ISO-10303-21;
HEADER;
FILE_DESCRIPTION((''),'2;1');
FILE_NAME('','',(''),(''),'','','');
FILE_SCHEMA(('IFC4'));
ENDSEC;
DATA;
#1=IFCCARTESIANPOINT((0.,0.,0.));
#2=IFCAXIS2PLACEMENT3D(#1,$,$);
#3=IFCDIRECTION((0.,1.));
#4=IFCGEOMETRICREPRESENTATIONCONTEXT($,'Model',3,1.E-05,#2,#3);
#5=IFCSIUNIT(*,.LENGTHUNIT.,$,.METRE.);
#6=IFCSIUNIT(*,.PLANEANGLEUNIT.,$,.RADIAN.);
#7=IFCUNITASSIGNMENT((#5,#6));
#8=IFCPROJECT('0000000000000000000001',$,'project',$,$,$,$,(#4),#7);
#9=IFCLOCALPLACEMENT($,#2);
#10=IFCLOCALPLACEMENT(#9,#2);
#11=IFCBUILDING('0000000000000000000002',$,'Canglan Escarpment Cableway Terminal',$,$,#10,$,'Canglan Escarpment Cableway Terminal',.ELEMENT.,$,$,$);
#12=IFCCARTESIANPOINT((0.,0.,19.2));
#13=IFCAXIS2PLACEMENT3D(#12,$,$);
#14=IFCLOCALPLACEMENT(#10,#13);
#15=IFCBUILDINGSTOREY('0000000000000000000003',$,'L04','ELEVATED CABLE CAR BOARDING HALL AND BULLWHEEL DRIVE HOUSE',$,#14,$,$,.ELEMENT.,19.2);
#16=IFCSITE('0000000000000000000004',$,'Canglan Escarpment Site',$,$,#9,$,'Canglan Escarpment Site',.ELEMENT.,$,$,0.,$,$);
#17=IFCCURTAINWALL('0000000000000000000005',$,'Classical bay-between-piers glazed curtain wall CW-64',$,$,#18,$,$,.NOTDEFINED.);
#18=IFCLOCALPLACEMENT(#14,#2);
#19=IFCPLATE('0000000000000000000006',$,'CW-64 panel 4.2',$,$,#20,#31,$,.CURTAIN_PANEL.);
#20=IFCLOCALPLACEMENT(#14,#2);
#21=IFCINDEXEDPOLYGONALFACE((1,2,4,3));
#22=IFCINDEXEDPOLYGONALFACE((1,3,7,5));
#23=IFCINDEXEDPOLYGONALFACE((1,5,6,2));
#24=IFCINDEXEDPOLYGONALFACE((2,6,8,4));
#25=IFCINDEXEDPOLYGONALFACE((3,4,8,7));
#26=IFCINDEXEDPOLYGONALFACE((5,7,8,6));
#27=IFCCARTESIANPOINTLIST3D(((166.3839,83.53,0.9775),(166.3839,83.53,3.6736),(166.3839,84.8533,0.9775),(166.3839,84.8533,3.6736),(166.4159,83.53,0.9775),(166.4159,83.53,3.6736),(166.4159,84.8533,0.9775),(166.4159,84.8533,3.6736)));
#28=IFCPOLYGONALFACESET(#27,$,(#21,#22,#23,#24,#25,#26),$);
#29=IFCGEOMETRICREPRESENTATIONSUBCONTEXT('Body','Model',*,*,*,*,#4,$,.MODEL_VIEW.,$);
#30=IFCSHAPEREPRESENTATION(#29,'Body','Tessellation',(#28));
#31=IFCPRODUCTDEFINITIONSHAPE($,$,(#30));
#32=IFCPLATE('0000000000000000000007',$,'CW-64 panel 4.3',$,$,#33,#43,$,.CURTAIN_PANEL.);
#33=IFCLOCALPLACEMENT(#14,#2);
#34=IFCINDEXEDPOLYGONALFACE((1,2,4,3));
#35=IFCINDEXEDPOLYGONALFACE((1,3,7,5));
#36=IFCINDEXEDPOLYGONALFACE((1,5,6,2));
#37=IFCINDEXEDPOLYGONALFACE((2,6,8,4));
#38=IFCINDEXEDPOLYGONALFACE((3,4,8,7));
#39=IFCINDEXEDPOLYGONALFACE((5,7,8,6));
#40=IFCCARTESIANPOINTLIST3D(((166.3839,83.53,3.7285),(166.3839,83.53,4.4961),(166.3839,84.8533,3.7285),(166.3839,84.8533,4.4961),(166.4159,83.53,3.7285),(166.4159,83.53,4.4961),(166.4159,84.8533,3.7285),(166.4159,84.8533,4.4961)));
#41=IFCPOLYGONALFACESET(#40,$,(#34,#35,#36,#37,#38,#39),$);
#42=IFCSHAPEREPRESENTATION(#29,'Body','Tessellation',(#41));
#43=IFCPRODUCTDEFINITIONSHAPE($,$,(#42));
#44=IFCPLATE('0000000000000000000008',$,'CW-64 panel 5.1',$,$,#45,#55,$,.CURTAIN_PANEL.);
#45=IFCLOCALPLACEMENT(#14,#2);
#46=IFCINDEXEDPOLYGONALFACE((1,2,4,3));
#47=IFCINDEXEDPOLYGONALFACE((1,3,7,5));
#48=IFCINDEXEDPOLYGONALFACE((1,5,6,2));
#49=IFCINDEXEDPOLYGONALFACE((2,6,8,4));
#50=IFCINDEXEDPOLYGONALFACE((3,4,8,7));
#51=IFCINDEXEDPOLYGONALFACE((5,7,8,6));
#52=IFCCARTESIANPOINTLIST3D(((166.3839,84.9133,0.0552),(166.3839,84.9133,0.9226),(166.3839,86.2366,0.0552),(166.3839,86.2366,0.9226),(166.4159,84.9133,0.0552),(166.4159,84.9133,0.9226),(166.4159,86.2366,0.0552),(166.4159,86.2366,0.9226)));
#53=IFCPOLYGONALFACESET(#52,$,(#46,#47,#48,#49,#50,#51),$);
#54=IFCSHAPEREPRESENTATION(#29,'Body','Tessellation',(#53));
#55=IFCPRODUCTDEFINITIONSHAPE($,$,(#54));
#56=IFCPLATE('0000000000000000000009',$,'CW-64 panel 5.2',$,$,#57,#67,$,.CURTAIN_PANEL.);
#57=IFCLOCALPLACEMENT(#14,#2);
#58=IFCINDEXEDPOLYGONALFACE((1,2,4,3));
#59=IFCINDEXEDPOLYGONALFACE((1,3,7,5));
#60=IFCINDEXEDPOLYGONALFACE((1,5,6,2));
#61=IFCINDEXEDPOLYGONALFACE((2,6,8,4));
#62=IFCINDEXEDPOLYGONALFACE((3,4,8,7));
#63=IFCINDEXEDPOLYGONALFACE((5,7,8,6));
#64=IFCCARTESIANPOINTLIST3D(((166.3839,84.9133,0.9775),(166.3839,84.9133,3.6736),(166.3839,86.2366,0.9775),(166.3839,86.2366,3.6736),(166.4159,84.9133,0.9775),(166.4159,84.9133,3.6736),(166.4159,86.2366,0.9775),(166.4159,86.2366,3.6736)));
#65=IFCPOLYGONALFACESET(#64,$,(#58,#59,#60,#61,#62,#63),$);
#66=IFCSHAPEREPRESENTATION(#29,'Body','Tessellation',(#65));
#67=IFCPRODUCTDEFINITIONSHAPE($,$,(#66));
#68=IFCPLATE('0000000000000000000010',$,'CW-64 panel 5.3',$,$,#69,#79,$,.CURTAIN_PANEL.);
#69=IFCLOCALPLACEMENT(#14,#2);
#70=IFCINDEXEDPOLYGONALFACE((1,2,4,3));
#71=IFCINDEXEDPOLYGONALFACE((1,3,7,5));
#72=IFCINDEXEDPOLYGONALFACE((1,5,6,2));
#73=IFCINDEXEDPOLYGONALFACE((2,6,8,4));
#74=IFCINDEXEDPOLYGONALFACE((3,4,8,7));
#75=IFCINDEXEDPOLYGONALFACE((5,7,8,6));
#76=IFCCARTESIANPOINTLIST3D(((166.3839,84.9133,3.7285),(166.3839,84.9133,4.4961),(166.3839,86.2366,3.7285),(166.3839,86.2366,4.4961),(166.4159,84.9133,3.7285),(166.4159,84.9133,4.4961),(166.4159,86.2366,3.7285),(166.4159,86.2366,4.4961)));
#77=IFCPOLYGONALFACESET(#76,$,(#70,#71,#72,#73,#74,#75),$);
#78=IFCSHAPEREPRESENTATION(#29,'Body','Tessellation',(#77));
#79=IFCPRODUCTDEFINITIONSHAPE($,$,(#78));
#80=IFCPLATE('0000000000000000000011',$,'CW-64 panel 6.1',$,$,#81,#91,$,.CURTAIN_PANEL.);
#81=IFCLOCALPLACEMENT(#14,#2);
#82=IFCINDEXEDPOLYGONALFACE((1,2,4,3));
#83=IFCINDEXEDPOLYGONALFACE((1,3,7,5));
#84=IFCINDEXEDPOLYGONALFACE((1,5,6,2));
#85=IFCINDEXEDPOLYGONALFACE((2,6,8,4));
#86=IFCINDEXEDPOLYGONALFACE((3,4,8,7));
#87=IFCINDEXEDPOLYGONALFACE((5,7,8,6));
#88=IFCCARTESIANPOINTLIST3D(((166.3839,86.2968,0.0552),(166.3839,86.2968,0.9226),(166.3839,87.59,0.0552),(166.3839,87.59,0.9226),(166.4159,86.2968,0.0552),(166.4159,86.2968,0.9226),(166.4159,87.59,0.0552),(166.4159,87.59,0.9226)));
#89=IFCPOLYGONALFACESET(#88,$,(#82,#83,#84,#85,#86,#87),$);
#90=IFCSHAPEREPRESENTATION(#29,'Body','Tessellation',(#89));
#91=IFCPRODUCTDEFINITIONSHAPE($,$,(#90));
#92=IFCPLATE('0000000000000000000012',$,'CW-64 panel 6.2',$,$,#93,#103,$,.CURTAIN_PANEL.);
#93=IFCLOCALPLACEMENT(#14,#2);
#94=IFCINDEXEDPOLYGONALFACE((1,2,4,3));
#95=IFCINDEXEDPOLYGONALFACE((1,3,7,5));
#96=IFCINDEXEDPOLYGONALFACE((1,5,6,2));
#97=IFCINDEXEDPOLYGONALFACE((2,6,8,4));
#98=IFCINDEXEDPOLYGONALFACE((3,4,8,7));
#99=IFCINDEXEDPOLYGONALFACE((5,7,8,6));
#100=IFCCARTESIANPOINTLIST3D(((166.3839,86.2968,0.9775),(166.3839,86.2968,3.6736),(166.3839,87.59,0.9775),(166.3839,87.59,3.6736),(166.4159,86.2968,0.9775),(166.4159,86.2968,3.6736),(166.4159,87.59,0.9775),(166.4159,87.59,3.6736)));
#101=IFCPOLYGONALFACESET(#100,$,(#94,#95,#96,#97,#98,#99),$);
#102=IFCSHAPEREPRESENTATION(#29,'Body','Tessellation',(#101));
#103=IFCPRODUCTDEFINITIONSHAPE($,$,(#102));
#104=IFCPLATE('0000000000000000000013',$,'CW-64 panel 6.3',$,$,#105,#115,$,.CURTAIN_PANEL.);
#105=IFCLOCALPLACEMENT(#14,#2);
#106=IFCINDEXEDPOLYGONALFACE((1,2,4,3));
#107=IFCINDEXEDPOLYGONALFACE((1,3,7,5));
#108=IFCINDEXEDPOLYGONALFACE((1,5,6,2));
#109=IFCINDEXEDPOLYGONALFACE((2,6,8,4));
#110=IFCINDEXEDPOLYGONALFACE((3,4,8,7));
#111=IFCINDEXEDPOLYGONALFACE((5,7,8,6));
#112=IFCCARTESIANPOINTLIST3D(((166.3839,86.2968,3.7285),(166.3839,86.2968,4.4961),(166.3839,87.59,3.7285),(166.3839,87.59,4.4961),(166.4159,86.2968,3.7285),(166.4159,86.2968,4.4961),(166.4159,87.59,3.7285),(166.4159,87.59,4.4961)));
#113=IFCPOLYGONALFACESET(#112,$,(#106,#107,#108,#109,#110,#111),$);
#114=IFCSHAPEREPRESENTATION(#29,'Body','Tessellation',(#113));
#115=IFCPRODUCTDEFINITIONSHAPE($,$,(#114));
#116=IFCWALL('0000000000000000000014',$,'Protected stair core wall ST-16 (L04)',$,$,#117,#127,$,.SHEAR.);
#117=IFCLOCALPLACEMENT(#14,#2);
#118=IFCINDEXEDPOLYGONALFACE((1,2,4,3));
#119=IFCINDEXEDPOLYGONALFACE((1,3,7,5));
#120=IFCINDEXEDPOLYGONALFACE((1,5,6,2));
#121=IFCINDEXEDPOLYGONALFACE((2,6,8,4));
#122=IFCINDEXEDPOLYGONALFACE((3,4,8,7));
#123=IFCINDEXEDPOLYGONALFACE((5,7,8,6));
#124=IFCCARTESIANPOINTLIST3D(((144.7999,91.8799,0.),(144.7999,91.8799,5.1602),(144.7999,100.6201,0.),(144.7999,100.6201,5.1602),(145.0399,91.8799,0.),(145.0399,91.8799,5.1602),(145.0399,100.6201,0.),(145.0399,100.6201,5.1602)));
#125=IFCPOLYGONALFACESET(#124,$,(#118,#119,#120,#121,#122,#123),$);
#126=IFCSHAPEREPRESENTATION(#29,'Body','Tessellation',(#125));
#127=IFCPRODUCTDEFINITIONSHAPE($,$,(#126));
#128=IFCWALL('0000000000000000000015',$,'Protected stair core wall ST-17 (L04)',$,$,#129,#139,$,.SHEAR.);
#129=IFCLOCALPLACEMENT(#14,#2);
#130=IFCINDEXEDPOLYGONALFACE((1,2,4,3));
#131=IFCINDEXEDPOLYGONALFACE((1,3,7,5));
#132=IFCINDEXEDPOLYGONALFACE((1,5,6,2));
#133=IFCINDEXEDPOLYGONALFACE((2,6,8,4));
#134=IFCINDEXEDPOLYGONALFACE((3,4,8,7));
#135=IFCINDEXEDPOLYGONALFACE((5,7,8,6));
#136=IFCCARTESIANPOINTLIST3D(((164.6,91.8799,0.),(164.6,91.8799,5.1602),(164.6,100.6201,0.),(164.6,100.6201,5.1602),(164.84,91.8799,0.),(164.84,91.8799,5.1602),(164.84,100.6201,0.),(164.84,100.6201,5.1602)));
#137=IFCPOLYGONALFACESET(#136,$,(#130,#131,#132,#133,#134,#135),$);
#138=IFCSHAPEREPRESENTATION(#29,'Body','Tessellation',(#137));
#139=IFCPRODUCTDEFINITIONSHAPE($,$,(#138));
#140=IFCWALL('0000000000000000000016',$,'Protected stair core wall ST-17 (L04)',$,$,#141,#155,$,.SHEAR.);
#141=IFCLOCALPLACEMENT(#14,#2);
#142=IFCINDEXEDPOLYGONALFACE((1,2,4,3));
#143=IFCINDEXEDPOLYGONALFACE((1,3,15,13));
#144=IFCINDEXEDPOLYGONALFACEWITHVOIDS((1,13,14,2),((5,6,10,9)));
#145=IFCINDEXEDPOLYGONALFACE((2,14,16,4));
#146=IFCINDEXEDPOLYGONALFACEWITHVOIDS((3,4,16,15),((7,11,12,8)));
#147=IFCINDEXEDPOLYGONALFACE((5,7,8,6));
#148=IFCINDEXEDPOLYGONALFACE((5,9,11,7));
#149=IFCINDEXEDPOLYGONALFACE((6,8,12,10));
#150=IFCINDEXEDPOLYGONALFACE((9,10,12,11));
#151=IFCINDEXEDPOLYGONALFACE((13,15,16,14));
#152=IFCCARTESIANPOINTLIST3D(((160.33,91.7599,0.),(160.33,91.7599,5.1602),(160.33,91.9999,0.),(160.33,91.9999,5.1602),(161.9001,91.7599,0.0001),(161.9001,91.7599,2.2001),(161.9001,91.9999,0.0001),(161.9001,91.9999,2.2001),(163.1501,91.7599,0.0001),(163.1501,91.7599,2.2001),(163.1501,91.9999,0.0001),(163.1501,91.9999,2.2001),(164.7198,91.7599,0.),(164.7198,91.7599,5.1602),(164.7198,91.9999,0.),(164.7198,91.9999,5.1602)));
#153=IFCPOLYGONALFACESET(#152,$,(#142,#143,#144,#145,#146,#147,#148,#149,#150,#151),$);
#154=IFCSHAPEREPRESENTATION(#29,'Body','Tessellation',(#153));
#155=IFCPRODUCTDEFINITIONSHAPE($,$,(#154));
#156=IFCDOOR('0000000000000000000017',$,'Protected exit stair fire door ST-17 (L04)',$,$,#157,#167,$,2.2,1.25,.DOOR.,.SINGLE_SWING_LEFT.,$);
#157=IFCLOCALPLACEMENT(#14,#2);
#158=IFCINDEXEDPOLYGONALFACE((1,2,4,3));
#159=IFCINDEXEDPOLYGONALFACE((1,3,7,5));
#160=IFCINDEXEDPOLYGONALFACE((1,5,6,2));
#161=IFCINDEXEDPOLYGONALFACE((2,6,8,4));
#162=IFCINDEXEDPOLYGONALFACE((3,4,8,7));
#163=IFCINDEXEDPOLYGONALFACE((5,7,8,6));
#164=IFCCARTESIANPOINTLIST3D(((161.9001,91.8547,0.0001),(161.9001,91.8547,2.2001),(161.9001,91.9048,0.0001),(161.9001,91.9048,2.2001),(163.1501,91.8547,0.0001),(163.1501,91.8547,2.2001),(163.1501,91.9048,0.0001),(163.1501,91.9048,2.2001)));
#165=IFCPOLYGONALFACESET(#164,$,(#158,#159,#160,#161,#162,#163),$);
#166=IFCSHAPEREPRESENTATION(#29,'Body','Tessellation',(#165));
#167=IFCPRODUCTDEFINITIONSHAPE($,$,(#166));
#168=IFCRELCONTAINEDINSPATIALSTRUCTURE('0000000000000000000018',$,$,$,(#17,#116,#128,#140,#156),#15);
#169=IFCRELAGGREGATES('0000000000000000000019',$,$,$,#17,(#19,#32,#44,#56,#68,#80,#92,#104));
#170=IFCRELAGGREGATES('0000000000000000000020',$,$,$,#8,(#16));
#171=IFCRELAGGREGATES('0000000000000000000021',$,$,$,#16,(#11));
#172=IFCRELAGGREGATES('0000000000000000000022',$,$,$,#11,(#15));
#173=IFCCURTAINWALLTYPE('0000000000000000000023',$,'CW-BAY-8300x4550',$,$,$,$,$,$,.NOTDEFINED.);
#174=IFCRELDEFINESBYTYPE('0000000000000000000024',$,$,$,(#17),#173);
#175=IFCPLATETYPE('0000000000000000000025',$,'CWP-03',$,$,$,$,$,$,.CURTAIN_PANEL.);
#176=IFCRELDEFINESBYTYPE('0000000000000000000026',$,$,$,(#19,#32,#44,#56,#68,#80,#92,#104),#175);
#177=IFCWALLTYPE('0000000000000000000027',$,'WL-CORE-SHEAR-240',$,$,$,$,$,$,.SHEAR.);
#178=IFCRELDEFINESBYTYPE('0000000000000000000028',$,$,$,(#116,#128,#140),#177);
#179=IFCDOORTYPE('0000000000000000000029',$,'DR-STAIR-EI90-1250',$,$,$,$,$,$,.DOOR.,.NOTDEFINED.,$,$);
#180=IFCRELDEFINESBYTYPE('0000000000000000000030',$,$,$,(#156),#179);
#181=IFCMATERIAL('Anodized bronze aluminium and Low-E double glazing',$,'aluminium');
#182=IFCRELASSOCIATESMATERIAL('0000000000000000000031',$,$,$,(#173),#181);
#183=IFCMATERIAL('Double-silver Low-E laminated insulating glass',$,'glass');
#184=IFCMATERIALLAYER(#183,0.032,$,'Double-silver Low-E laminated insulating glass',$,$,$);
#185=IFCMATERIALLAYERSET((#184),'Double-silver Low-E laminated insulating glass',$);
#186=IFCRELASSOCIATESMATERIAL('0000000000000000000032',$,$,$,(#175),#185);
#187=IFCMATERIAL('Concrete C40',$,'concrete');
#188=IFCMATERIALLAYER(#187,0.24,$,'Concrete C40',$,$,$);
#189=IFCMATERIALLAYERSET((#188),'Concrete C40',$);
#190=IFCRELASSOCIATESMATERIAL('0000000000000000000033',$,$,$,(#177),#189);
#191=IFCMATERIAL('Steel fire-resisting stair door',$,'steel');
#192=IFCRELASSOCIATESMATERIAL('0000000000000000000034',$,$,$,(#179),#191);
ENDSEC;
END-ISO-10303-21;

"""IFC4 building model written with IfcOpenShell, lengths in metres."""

from ifc_helpers import new_model, si_unit, direction, frame, frame_2d, origin, origin_2d, place, context, subcontext, project, spatial, rectangle, extrude, material, layer, layer_set, type_object, element, fill, aggregate, save


model = new_model("IFC4")

# Units and contexts
model_context = context("Model", 3, precision=1e-05, world=origin(), true_north=direction((0.0, 1.0)))
body_context = subcontext(model_context, "Body", "Model", "MODEL_VIEW")
ifc_project = project(units=[si_unit("LENGTHUNIT", "METRE"), si_unit("PLANEANGLEUNIT", "RADIAN")], contexts=[model_context])

# Site, building, storey
site_placement = place(None, origin())
site = spatial("IfcSite", under=ifc_project, at=site_placement, Name="Canglan Escarpment Site", LongName="Canglan Escarpment Site", CompositionType="ELEMENT", RefElevation=0.0)
building_placement = place(site_placement, origin())
building = spatial("IfcBuilding", under=site, at=building_placement, Name="Canglan Escarpment Cableway Terminal", LongName="Canglan Escarpment Cableway Terminal", CompositionType="ELEMENT")
storey_placement = place(building_placement, frame((0.0, 0.0, 19.2)))
storey = spatial("IfcBuildingStorey", under=building, at=storey_placement, Name="L04", Description="ELEVATED CABLE CAR BOARDING HALL AND BULLWHEEL DRIVE HOUSE", CompositionType="ELEMENT", Elevation=19.2)

# Curtain wall, plates
ifc_material_1 = material(Name="Anodized bronze aluminium and Low-E double glazing", Category="aluminium")
curtain_wall_type = type_object("IfcCurtainWallType", Name="CW-BAY-8300x4550", PredefinedType="NOTDEFINED", material=ifc_material_1)
curtain_wall_placement = place(storey_placement, origin())
curtain_wall = element("IfcCurtainWall", 1, at=curtain_wall_placement, inside=storey, type_object=curtain_wall_type, Name="Classical bay-between-piers glazed curtain wall CW-64", PredefinedType="NOTDEFINED")
ifc_material_2 = material(Name="Double-silver Low-E laminated insulating glass", Category="glass")
ifc_layer_1 = layer(ifc_material_2, 0.032, Name="Double-silver Low-E laminated insulating glass")
ifc_layer_set_1 = layer_set([ifc_layer_1], Name="Double-silver Low-E laminated insulating glass")
plate_type = type_object("IfcPlateType", Name="CWP-03", PredefinedType="CURTAIN_PANEL", material=ifc_layer_set_1)
plate_1_placement = place(storey_placement, frame((166.3999, 84.1917, 0.9775), z_axis=(0.0, 0.0, 1.0), x_axis=(0.0, 1.0, 0.0)))
plate_1 = element("IfcPlate", 2, at=plate_1_placement, type_object=plate_type, Name="CW-64 panel 4.2", PredefinedType="CURTAIN_PANEL", context=body_context, shape_type="SweptSolid", body=[
    extrude(rectangle(XDim=1.3232, YDim=0.032, at=origin_2d()), origin(), (0.0, 0.0, 1.0), 2.696),
])
plate_2_placement = place(storey_placement, frame((166.3999, 84.1917, 3.7285), z_axis=(0.0, 0.0, 1.0), x_axis=(0.0, 1.0, 0.0)))
plate_2 = element("IfcPlate", 3, at=plate_2_placement, type_object=plate_type, Name="CW-64 panel 4.3", PredefinedType="CURTAIN_PANEL", context=body_context, shape_type="SweptSolid", body=[
    extrude(rectangle(XDim=1.3232, YDim=0.032, at=origin_2d()), origin(), (0.0, 0.0, 1.0), 0.7676),
])
plate_3_placement = place(storey_placement, frame((166.3999, 85.575, 0.0552), z_axis=(0.0, 0.0, 1.0), x_axis=(0.0, 1.0, 0.0)))
plate_3 = element("IfcPlate", 4, at=plate_3_placement, type_object=plate_type, Name="CW-64 panel 5.1", PredefinedType="CURTAIN_PANEL", context=body_context, shape_type="SweptSolid", body=[
    extrude(rectangle(XDim=1.3232, YDim=0.032, at=origin_2d()), origin(), (0.0, 0.0, 1.0), 0.8674),
])
plate_4_placement = place(storey_placement, frame((166.3999, 85.575, 0.9775), z_axis=(0.0, 0.0, 1.0), x_axis=(0.0, 1.0, 0.0)))
plate_4 = element("IfcPlate", 5, at=plate_4_placement, type_object=plate_type, Name="CW-64 panel 5.2", PredefinedType="CURTAIN_PANEL", context=body_context, shape_type="SweptSolid", body=[
    extrude(rectangle(XDim=1.3232, YDim=0.032, at=origin_2d()), origin(), (0.0, 0.0, 1.0), 2.696),
])
plate_5_placement = place(storey_placement, frame((166.3999, 85.575, 3.7285), z_axis=(0.0, 0.0, 1.0), x_axis=(0.0, 1.0, 0.0)))
plate_5 = element("IfcPlate", 6, at=plate_5_placement, type_object=plate_type, Name="CW-64 panel 5.3", PredefinedType="CURTAIN_PANEL", context=body_context, shape_type="SweptSolid", body=[
    extrude(rectangle(XDim=1.3232, YDim=0.032, at=origin_2d()), origin(), (0.0, 0.0, 1.0), 0.7676),
])
plate_6_placement = place(storey_placement, frame((166.3999, 86.9434, 0.0552), z_axis=(0.0, 0.0, 1.0), x_axis=(0.0, 1.0, 0.0)))
plate_6 = element("IfcPlate", 7, at=plate_6_placement, type_object=plate_type, Name="CW-64 panel 6.1", PredefinedType="CURTAIN_PANEL", context=body_context, shape_type="SweptSolid", body=[
    extrude(rectangle(XDim=1.2932, YDim=0.032, at=origin_2d()), origin(), (0.0, 0.0, 1.0), 0.8674),
])
plate_7_placement = place(storey_placement, frame((166.3999, 86.9434, 0.9775), z_axis=(0.0, 0.0, 1.0), x_axis=(0.0, 1.0, 0.0)))
plate_7 = element("IfcPlate", 8, at=plate_7_placement, type_object=plate_type, Name="CW-64 panel 6.2", PredefinedType="CURTAIN_PANEL", context=body_context, shape_type="SweptSolid", body=[
    extrude(rectangle(XDim=1.2932, YDim=0.032, at=origin_2d()), origin(), (0.0, 0.0, 1.0), 2.696),
])
plate_8_placement = place(storey_placement, frame((166.3999, 86.9434, 3.7285), z_axis=(0.0, 0.0, 1.0), x_axis=(0.0, 1.0, 0.0)))
plate_8 = element("IfcPlate", 9, at=plate_8_placement, type_object=plate_type, Name="CW-64 panel 6.3", PredefinedType="CURTAIN_PANEL", context=body_context, shape_type="SweptSolid", body=[
    extrude(rectangle(XDim=1.2932, YDim=0.032, at=origin_2d()), origin(), (0.0, 0.0, 1.0), 0.7676),
])
aggregate(curtain_wall, [plate_1, plate_2, plate_3, plate_4, plate_5, plate_6, plate_7, plate_8])

# Walls
ifc_material_3 = material(Name="Concrete C40", Category="concrete")
ifc_layer_2 = layer(ifc_material_3, 0.24, Name="Concrete C40")
ifc_layer_set_2 = layer_set([ifc_layer_2], Name="Concrete C40")
wall_type = type_object("IfcWallType", Name="WL-CORE-SHEAR-240", PredefinedType="SHEAR", material=ifc_layer_set_2)
for number, where, z_axis, x_axis, name in (
    (10, (144.9199, 91.8799, 0.0), (0.0, 0.0, 1.0), (0.0, 1.0, 0.0), "Protected stair core wall ST-16 (L04)"),
    (11, (164.72, 91.8799, 0.0), (0.0, 0.0, 1.0), (0.0, 1.0, 0.0), "Protected stair core wall ST-17 (L04)"),
):
    element("IfcWall", number, at=place(storey_placement, frame(where, z_axis=z_axis, x_axis=x_axis)), inside=storey, type_object=wall_type, Name=name, PredefinedType="SHEAR", context=body_context, shape_type="SweptSolid", body=[
        extrude(rectangle(XDim=8.7402, YDim=0.24, at=frame_2d((4.3701, 0.0))), origin(), (0.0, 0.0, 1.0), 5.1602),
    ])

# Wall, opening, door
wall_placement = place(storey_placement, frame((160.3301, 91.8799, 0.0), z_axis=(0.0, 0.0, 1.0), x_axis=(1.0, 0.0, 0.0)))
wall = element("IfcWall", 12, at=wall_placement, inside=storey, type_object=wall_type, Name="Protected stair core wall ST-17 (L04)", PredefinedType="SHEAR", context=body_context, shape_type="SweptSolid", body=[
    extrude(rectangle(XDim=4.3899, YDim=0.24, at=frame_2d((2.1948, 0.0))), origin(), (0.0, 0.0, 1.0), 5.1602),
])
opening_placement = place(wall_placement, frame((1.5701, 0.0, 0.0)))
opening = element("IfcOpeningElement", 13, at=opening_placement, cuts=wall, PredefinedType="OPENING", context=body_context, shape_type="SweptSolid", body=[
    extrude(rectangle(XDim=1.25, YDim=2.2, at=frame_2d((0.625, 1.1001))), frame((0.0, 0.1299, 0.0), z_axis=(0.0, -1.0, 0.0), x_axis=(1.0, 0.0, 0.0)), (0.0, 0.0, 1.0), 0.26),
])
ifc_material_4 = material(Name="Steel fire-resisting stair door", Category="steel")
door_type = type_object("IfcDoorType", Name="DR-STAIR-EI90-1250", OperationType="NOTDEFINED", PredefinedType="DOOR", material=ifc_material_4)
door_placement = place(opening_placement, origin())
door = element("IfcDoor", 14, at=door_placement, inside=storey, type_object=door_type, Name="Protected exit stair fire door ST-17 (L04)", OperationType="SINGLE_SWING_LEFT", OverallHeight=2.2, OverallWidth=1.25, PredefinedType="DOOR", context=body_context, shape_type="SweptSolid", body=[
    extrude(rectangle(XDim=1.25, YDim=2.2, at=frame_2d((0.625, 1.1001))), frame((0.0, 0.0249, 0.0), z_axis=(0.0, -1.0, 0.0), x_axis=(1.0, 0.0, 0.0)), (0.0, 0.0, 1.0), 0.05),
])
fill(opening, door)

save(model, "model.ifc")
